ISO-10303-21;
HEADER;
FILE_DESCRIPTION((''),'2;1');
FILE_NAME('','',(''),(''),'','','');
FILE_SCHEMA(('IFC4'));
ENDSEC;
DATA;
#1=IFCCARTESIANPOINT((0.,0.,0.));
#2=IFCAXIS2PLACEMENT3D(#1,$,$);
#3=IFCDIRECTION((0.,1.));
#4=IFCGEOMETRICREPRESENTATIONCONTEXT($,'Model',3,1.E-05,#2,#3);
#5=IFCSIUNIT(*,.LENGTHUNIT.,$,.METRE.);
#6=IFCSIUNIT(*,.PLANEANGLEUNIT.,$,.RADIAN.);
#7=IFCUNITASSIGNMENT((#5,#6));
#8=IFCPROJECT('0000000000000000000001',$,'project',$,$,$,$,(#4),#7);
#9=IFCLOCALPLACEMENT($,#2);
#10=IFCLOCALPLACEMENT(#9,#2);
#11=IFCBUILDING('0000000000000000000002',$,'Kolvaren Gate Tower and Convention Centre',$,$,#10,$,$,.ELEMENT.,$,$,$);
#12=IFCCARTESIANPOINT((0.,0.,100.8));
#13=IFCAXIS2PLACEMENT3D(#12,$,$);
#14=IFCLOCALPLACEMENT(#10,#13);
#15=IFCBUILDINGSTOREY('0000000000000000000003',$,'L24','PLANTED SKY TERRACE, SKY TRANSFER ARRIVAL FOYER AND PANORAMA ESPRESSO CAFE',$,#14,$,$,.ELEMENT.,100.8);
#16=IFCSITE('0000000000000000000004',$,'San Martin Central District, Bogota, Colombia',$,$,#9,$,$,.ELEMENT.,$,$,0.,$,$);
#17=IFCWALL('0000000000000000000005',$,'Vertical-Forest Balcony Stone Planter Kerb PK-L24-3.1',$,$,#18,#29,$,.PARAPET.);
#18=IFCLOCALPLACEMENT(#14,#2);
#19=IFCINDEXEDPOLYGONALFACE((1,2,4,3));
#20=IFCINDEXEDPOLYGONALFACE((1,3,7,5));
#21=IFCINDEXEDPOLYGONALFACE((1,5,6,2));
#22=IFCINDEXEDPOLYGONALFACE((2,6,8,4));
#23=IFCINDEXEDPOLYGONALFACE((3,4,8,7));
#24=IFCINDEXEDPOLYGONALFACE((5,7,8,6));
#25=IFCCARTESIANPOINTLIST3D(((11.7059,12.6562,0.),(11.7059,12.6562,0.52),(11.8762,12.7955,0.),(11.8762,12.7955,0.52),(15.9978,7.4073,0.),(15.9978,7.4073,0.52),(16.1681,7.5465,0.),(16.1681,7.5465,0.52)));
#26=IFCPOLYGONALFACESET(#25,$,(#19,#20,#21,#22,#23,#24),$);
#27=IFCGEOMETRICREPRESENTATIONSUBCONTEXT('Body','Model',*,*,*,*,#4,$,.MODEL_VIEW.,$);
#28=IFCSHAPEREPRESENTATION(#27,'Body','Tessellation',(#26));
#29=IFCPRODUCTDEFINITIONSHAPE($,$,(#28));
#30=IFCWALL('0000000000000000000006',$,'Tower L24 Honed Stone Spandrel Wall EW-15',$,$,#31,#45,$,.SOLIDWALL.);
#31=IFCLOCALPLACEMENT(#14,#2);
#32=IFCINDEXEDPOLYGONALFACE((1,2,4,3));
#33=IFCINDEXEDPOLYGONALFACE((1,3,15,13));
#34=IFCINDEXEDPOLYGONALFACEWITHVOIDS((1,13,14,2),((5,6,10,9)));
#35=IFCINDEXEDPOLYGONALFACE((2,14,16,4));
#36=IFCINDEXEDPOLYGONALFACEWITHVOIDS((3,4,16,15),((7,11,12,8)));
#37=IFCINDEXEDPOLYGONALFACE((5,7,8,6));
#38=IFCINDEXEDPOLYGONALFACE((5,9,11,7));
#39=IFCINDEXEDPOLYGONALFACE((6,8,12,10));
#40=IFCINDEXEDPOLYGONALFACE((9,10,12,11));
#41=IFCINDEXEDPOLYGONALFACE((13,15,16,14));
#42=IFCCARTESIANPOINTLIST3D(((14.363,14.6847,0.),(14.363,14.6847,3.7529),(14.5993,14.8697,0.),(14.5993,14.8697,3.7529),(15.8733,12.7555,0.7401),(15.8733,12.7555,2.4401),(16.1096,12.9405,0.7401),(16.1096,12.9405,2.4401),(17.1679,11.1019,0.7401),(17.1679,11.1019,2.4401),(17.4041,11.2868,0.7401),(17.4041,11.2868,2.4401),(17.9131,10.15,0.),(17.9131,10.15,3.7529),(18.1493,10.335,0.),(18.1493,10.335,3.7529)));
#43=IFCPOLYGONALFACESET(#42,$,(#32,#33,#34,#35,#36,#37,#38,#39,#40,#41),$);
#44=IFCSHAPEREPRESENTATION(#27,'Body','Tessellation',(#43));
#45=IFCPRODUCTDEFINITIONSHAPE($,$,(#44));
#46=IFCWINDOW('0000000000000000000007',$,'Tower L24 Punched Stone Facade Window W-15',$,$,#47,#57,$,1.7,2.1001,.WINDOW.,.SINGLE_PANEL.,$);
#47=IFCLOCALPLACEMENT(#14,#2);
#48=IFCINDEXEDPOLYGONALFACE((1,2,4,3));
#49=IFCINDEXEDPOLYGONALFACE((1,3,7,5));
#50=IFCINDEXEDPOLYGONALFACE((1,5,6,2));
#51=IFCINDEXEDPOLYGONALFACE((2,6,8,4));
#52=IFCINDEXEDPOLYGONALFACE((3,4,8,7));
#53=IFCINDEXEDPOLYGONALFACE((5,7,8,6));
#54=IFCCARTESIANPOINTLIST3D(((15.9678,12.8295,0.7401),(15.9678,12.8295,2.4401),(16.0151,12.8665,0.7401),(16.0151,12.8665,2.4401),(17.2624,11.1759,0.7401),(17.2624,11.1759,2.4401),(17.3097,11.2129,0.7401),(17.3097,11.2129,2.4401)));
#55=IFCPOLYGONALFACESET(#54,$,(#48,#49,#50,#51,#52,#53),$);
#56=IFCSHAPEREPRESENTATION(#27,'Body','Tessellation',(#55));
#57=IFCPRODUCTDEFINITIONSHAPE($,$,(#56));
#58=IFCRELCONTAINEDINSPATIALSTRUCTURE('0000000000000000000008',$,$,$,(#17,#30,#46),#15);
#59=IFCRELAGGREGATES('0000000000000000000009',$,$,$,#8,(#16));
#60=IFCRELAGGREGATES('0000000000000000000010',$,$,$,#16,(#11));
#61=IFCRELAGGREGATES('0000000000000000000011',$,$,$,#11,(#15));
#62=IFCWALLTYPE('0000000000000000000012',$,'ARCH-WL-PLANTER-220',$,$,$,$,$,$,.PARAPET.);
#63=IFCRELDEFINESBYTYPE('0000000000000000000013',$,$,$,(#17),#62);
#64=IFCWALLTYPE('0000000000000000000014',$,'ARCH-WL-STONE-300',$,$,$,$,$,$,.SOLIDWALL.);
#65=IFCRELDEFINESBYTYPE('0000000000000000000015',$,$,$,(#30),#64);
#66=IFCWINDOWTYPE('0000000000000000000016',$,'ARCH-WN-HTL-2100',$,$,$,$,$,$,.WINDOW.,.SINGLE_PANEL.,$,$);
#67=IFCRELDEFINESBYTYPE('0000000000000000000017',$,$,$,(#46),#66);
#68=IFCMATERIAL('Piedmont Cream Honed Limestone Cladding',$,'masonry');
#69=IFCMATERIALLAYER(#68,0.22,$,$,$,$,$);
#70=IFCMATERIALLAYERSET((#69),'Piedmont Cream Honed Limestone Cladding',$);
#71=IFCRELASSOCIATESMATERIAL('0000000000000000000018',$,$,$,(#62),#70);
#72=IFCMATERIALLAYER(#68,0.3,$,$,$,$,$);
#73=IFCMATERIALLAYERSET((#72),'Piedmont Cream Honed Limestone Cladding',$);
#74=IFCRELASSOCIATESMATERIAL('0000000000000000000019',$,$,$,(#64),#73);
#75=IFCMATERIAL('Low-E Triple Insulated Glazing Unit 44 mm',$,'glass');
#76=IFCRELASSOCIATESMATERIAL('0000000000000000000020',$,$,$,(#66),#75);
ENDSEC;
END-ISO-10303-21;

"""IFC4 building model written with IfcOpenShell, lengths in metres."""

from ifc_helpers import new_model, si_unit, direction, frame, frame_2d, origin, place, context, subcontext, project, spatial, rectangle, extrude, material, layer, layer_set, type_object, element, fill, save


model = new_model("IFC4")

# Units and contexts
model_context = context("Model", 3, precision=1e-05, world=origin(), true_north=direction((0.0, 1.0)))
body_context = subcontext(model_context, "Body", "Model", "MODEL_VIEW")
ifc_project = project(units=[si_unit("LENGTHUNIT", "METRE"), si_unit("PLANEANGLEUNIT", "RADIAN")], contexts=[model_context])

# Site, building, storey
site_placement = place(None, origin())
site = spatial("IfcSite", under=ifc_project, at=site_placement, Name="San Martin Central District, Bogota, Colombia", CompositionType="ELEMENT", RefElevation=0.0)
building_placement = place(site_placement, origin())
building = spatial("IfcBuilding", under=site, at=building_placement, Name="Kolvaren Gate Tower and Convention Centre", CompositionType="ELEMENT")
storey_placement = place(building_placement, frame((0.0, 0.0, 100.8)))
storey = spatial("IfcBuildingStorey", under=building, at=storey_placement, Name="L24", Description="PLANTED SKY TERRACE, SKY TRANSFER ARRIVAL FOYER AND PANORAMA ESPRESSO CAFE", CompositionType="ELEMENT", Elevation=100.8)

# Shared definitions
ifc_material_1 = material(Name="Low-E Triple Insulated Glazing Unit 44 mm", Category="glass")

# Wall
ifc_material_2 = material(Name="Piedmont Cream Honed Limestone Cladding", Category="masonry")
ifc_layer_1 = layer(ifc_material_2, 0.22)
ifc_layer_set_1 = layer_set([ifc_layer_1], Name="Piedmont Cream Honed Limestone Cladding")
wall_type_1 = type_object("IfcWallType", Name="ARCH-WL-PLANTER-220", PredefinedType="PARAPET", material=ifc_layer_set_1)
wall_1_placement = place(storey_placement, frame((11.791, 12.7258, 0.0), z_axis=(0.0, 0.0, 1.0), x_axis=(0.633002, -0.77415, 0.0)))
element("IfcWall", 1, at=wall_1_placement, inside=storey, type_object=wall_type_1, Name="Vertical-Forest Balcony Stone Planter Kerb PK-L24-3.1", PredefinedType="PARAPET", context=body_context, shape_type="SweptSolid", body=[
    extrude(rectangle(XDim=6.7803, YDim=0.22, at=frame_2d((3.3901, 0.0))), origin(), (0.0, 0.0, 1.0), 0.52),
])

# Wall, opening, window
ifc_layer_2 = layer(ifc_material_2, 0.3)
ifc_layer_set_2 = layer_set([ifc_layer_2], Name="Piedmont Cream Honed Limestone Cladding")
wall_type_2 = type_object("IfcWallType", Name="ARCH-WL-STONE-300", PredefinedType="SOLIDWALL", material=ifc_layer_set_2)
wall_2_placement = place(storey_placement, frame((14.4812, 14.7771, 0.0), z_axis=(0.0, 0.0, 1.0), x_axis=(0.616435, -0.787406, 0.0)))
wall_2 = element("IfcWall", 2, at=wall_2_placement, inside=storey, type_object=wall_type_2, Name="Tower L24 Honed Stone Spandrel Wall EW-15", PredefinedType="SOLIDWALL", context=body_context, shape_type="SweptSolid", body=[
    extrude(rectangle(XDim=5.759, YDim=0.3, at=frame_2d((2.8794, 0.0))), origin(), (0.0, 0.0, 1.0), 3.7529),
])
opening_placement = place(wall_2_placement, frame((2.45, 0.0, 0.74)))
opening = element("IfcOpeningElement", 3, at=opening_placement, cuts=wall_2, PredefinedType="OPENING", context=body_context, shape_type="SweptSolid", body=[
    extrude(rectangle(XDim=2.1001, YDim=1.7, at=frame_2d((1.05, 0.8501))), frame((0.0, 0.1599, 0.0), z_axis=(0.0, -1.0, 0.0), x_axis=(1.0, 0.0, 0.0)), (0.0, 0.0, 1.0), 0.3201),
])
window_type = type_object("IfcWindowType", Name="ARCH-WN-HTL-2100", PartitioningType="SINGLE_PANEL", PredefinedType="WINDOW", material=ifc_material_1)
window_placement = place(opening_placement, origin())
window = element("IfcWindow", 4, at=window_placement, inside=storey, type_object=window_type, Name="Tower L24 Punched Stone Facade Window W-15", OverallHeight=1.7, OverallWidth=2.1001, PartitioningType="SINGLE_PANEL", PredefinedType="WINDOW", context=body_context, shape_type="SweptSolid", body=[
    extrude(rectangle(XDim=2.1001, YDim=1.7, at=frame_2d((1.05, 0.8501))), frame((0.0, 0.03, 0.0), z_axis=(0.0, -1.0, 0.0), x_axis=(1.0, 0.0, 0.0)), (0.0, 0.0, 1.0), 0.0601),
])
fill(opening, window)

save(model, "model.ifc")
